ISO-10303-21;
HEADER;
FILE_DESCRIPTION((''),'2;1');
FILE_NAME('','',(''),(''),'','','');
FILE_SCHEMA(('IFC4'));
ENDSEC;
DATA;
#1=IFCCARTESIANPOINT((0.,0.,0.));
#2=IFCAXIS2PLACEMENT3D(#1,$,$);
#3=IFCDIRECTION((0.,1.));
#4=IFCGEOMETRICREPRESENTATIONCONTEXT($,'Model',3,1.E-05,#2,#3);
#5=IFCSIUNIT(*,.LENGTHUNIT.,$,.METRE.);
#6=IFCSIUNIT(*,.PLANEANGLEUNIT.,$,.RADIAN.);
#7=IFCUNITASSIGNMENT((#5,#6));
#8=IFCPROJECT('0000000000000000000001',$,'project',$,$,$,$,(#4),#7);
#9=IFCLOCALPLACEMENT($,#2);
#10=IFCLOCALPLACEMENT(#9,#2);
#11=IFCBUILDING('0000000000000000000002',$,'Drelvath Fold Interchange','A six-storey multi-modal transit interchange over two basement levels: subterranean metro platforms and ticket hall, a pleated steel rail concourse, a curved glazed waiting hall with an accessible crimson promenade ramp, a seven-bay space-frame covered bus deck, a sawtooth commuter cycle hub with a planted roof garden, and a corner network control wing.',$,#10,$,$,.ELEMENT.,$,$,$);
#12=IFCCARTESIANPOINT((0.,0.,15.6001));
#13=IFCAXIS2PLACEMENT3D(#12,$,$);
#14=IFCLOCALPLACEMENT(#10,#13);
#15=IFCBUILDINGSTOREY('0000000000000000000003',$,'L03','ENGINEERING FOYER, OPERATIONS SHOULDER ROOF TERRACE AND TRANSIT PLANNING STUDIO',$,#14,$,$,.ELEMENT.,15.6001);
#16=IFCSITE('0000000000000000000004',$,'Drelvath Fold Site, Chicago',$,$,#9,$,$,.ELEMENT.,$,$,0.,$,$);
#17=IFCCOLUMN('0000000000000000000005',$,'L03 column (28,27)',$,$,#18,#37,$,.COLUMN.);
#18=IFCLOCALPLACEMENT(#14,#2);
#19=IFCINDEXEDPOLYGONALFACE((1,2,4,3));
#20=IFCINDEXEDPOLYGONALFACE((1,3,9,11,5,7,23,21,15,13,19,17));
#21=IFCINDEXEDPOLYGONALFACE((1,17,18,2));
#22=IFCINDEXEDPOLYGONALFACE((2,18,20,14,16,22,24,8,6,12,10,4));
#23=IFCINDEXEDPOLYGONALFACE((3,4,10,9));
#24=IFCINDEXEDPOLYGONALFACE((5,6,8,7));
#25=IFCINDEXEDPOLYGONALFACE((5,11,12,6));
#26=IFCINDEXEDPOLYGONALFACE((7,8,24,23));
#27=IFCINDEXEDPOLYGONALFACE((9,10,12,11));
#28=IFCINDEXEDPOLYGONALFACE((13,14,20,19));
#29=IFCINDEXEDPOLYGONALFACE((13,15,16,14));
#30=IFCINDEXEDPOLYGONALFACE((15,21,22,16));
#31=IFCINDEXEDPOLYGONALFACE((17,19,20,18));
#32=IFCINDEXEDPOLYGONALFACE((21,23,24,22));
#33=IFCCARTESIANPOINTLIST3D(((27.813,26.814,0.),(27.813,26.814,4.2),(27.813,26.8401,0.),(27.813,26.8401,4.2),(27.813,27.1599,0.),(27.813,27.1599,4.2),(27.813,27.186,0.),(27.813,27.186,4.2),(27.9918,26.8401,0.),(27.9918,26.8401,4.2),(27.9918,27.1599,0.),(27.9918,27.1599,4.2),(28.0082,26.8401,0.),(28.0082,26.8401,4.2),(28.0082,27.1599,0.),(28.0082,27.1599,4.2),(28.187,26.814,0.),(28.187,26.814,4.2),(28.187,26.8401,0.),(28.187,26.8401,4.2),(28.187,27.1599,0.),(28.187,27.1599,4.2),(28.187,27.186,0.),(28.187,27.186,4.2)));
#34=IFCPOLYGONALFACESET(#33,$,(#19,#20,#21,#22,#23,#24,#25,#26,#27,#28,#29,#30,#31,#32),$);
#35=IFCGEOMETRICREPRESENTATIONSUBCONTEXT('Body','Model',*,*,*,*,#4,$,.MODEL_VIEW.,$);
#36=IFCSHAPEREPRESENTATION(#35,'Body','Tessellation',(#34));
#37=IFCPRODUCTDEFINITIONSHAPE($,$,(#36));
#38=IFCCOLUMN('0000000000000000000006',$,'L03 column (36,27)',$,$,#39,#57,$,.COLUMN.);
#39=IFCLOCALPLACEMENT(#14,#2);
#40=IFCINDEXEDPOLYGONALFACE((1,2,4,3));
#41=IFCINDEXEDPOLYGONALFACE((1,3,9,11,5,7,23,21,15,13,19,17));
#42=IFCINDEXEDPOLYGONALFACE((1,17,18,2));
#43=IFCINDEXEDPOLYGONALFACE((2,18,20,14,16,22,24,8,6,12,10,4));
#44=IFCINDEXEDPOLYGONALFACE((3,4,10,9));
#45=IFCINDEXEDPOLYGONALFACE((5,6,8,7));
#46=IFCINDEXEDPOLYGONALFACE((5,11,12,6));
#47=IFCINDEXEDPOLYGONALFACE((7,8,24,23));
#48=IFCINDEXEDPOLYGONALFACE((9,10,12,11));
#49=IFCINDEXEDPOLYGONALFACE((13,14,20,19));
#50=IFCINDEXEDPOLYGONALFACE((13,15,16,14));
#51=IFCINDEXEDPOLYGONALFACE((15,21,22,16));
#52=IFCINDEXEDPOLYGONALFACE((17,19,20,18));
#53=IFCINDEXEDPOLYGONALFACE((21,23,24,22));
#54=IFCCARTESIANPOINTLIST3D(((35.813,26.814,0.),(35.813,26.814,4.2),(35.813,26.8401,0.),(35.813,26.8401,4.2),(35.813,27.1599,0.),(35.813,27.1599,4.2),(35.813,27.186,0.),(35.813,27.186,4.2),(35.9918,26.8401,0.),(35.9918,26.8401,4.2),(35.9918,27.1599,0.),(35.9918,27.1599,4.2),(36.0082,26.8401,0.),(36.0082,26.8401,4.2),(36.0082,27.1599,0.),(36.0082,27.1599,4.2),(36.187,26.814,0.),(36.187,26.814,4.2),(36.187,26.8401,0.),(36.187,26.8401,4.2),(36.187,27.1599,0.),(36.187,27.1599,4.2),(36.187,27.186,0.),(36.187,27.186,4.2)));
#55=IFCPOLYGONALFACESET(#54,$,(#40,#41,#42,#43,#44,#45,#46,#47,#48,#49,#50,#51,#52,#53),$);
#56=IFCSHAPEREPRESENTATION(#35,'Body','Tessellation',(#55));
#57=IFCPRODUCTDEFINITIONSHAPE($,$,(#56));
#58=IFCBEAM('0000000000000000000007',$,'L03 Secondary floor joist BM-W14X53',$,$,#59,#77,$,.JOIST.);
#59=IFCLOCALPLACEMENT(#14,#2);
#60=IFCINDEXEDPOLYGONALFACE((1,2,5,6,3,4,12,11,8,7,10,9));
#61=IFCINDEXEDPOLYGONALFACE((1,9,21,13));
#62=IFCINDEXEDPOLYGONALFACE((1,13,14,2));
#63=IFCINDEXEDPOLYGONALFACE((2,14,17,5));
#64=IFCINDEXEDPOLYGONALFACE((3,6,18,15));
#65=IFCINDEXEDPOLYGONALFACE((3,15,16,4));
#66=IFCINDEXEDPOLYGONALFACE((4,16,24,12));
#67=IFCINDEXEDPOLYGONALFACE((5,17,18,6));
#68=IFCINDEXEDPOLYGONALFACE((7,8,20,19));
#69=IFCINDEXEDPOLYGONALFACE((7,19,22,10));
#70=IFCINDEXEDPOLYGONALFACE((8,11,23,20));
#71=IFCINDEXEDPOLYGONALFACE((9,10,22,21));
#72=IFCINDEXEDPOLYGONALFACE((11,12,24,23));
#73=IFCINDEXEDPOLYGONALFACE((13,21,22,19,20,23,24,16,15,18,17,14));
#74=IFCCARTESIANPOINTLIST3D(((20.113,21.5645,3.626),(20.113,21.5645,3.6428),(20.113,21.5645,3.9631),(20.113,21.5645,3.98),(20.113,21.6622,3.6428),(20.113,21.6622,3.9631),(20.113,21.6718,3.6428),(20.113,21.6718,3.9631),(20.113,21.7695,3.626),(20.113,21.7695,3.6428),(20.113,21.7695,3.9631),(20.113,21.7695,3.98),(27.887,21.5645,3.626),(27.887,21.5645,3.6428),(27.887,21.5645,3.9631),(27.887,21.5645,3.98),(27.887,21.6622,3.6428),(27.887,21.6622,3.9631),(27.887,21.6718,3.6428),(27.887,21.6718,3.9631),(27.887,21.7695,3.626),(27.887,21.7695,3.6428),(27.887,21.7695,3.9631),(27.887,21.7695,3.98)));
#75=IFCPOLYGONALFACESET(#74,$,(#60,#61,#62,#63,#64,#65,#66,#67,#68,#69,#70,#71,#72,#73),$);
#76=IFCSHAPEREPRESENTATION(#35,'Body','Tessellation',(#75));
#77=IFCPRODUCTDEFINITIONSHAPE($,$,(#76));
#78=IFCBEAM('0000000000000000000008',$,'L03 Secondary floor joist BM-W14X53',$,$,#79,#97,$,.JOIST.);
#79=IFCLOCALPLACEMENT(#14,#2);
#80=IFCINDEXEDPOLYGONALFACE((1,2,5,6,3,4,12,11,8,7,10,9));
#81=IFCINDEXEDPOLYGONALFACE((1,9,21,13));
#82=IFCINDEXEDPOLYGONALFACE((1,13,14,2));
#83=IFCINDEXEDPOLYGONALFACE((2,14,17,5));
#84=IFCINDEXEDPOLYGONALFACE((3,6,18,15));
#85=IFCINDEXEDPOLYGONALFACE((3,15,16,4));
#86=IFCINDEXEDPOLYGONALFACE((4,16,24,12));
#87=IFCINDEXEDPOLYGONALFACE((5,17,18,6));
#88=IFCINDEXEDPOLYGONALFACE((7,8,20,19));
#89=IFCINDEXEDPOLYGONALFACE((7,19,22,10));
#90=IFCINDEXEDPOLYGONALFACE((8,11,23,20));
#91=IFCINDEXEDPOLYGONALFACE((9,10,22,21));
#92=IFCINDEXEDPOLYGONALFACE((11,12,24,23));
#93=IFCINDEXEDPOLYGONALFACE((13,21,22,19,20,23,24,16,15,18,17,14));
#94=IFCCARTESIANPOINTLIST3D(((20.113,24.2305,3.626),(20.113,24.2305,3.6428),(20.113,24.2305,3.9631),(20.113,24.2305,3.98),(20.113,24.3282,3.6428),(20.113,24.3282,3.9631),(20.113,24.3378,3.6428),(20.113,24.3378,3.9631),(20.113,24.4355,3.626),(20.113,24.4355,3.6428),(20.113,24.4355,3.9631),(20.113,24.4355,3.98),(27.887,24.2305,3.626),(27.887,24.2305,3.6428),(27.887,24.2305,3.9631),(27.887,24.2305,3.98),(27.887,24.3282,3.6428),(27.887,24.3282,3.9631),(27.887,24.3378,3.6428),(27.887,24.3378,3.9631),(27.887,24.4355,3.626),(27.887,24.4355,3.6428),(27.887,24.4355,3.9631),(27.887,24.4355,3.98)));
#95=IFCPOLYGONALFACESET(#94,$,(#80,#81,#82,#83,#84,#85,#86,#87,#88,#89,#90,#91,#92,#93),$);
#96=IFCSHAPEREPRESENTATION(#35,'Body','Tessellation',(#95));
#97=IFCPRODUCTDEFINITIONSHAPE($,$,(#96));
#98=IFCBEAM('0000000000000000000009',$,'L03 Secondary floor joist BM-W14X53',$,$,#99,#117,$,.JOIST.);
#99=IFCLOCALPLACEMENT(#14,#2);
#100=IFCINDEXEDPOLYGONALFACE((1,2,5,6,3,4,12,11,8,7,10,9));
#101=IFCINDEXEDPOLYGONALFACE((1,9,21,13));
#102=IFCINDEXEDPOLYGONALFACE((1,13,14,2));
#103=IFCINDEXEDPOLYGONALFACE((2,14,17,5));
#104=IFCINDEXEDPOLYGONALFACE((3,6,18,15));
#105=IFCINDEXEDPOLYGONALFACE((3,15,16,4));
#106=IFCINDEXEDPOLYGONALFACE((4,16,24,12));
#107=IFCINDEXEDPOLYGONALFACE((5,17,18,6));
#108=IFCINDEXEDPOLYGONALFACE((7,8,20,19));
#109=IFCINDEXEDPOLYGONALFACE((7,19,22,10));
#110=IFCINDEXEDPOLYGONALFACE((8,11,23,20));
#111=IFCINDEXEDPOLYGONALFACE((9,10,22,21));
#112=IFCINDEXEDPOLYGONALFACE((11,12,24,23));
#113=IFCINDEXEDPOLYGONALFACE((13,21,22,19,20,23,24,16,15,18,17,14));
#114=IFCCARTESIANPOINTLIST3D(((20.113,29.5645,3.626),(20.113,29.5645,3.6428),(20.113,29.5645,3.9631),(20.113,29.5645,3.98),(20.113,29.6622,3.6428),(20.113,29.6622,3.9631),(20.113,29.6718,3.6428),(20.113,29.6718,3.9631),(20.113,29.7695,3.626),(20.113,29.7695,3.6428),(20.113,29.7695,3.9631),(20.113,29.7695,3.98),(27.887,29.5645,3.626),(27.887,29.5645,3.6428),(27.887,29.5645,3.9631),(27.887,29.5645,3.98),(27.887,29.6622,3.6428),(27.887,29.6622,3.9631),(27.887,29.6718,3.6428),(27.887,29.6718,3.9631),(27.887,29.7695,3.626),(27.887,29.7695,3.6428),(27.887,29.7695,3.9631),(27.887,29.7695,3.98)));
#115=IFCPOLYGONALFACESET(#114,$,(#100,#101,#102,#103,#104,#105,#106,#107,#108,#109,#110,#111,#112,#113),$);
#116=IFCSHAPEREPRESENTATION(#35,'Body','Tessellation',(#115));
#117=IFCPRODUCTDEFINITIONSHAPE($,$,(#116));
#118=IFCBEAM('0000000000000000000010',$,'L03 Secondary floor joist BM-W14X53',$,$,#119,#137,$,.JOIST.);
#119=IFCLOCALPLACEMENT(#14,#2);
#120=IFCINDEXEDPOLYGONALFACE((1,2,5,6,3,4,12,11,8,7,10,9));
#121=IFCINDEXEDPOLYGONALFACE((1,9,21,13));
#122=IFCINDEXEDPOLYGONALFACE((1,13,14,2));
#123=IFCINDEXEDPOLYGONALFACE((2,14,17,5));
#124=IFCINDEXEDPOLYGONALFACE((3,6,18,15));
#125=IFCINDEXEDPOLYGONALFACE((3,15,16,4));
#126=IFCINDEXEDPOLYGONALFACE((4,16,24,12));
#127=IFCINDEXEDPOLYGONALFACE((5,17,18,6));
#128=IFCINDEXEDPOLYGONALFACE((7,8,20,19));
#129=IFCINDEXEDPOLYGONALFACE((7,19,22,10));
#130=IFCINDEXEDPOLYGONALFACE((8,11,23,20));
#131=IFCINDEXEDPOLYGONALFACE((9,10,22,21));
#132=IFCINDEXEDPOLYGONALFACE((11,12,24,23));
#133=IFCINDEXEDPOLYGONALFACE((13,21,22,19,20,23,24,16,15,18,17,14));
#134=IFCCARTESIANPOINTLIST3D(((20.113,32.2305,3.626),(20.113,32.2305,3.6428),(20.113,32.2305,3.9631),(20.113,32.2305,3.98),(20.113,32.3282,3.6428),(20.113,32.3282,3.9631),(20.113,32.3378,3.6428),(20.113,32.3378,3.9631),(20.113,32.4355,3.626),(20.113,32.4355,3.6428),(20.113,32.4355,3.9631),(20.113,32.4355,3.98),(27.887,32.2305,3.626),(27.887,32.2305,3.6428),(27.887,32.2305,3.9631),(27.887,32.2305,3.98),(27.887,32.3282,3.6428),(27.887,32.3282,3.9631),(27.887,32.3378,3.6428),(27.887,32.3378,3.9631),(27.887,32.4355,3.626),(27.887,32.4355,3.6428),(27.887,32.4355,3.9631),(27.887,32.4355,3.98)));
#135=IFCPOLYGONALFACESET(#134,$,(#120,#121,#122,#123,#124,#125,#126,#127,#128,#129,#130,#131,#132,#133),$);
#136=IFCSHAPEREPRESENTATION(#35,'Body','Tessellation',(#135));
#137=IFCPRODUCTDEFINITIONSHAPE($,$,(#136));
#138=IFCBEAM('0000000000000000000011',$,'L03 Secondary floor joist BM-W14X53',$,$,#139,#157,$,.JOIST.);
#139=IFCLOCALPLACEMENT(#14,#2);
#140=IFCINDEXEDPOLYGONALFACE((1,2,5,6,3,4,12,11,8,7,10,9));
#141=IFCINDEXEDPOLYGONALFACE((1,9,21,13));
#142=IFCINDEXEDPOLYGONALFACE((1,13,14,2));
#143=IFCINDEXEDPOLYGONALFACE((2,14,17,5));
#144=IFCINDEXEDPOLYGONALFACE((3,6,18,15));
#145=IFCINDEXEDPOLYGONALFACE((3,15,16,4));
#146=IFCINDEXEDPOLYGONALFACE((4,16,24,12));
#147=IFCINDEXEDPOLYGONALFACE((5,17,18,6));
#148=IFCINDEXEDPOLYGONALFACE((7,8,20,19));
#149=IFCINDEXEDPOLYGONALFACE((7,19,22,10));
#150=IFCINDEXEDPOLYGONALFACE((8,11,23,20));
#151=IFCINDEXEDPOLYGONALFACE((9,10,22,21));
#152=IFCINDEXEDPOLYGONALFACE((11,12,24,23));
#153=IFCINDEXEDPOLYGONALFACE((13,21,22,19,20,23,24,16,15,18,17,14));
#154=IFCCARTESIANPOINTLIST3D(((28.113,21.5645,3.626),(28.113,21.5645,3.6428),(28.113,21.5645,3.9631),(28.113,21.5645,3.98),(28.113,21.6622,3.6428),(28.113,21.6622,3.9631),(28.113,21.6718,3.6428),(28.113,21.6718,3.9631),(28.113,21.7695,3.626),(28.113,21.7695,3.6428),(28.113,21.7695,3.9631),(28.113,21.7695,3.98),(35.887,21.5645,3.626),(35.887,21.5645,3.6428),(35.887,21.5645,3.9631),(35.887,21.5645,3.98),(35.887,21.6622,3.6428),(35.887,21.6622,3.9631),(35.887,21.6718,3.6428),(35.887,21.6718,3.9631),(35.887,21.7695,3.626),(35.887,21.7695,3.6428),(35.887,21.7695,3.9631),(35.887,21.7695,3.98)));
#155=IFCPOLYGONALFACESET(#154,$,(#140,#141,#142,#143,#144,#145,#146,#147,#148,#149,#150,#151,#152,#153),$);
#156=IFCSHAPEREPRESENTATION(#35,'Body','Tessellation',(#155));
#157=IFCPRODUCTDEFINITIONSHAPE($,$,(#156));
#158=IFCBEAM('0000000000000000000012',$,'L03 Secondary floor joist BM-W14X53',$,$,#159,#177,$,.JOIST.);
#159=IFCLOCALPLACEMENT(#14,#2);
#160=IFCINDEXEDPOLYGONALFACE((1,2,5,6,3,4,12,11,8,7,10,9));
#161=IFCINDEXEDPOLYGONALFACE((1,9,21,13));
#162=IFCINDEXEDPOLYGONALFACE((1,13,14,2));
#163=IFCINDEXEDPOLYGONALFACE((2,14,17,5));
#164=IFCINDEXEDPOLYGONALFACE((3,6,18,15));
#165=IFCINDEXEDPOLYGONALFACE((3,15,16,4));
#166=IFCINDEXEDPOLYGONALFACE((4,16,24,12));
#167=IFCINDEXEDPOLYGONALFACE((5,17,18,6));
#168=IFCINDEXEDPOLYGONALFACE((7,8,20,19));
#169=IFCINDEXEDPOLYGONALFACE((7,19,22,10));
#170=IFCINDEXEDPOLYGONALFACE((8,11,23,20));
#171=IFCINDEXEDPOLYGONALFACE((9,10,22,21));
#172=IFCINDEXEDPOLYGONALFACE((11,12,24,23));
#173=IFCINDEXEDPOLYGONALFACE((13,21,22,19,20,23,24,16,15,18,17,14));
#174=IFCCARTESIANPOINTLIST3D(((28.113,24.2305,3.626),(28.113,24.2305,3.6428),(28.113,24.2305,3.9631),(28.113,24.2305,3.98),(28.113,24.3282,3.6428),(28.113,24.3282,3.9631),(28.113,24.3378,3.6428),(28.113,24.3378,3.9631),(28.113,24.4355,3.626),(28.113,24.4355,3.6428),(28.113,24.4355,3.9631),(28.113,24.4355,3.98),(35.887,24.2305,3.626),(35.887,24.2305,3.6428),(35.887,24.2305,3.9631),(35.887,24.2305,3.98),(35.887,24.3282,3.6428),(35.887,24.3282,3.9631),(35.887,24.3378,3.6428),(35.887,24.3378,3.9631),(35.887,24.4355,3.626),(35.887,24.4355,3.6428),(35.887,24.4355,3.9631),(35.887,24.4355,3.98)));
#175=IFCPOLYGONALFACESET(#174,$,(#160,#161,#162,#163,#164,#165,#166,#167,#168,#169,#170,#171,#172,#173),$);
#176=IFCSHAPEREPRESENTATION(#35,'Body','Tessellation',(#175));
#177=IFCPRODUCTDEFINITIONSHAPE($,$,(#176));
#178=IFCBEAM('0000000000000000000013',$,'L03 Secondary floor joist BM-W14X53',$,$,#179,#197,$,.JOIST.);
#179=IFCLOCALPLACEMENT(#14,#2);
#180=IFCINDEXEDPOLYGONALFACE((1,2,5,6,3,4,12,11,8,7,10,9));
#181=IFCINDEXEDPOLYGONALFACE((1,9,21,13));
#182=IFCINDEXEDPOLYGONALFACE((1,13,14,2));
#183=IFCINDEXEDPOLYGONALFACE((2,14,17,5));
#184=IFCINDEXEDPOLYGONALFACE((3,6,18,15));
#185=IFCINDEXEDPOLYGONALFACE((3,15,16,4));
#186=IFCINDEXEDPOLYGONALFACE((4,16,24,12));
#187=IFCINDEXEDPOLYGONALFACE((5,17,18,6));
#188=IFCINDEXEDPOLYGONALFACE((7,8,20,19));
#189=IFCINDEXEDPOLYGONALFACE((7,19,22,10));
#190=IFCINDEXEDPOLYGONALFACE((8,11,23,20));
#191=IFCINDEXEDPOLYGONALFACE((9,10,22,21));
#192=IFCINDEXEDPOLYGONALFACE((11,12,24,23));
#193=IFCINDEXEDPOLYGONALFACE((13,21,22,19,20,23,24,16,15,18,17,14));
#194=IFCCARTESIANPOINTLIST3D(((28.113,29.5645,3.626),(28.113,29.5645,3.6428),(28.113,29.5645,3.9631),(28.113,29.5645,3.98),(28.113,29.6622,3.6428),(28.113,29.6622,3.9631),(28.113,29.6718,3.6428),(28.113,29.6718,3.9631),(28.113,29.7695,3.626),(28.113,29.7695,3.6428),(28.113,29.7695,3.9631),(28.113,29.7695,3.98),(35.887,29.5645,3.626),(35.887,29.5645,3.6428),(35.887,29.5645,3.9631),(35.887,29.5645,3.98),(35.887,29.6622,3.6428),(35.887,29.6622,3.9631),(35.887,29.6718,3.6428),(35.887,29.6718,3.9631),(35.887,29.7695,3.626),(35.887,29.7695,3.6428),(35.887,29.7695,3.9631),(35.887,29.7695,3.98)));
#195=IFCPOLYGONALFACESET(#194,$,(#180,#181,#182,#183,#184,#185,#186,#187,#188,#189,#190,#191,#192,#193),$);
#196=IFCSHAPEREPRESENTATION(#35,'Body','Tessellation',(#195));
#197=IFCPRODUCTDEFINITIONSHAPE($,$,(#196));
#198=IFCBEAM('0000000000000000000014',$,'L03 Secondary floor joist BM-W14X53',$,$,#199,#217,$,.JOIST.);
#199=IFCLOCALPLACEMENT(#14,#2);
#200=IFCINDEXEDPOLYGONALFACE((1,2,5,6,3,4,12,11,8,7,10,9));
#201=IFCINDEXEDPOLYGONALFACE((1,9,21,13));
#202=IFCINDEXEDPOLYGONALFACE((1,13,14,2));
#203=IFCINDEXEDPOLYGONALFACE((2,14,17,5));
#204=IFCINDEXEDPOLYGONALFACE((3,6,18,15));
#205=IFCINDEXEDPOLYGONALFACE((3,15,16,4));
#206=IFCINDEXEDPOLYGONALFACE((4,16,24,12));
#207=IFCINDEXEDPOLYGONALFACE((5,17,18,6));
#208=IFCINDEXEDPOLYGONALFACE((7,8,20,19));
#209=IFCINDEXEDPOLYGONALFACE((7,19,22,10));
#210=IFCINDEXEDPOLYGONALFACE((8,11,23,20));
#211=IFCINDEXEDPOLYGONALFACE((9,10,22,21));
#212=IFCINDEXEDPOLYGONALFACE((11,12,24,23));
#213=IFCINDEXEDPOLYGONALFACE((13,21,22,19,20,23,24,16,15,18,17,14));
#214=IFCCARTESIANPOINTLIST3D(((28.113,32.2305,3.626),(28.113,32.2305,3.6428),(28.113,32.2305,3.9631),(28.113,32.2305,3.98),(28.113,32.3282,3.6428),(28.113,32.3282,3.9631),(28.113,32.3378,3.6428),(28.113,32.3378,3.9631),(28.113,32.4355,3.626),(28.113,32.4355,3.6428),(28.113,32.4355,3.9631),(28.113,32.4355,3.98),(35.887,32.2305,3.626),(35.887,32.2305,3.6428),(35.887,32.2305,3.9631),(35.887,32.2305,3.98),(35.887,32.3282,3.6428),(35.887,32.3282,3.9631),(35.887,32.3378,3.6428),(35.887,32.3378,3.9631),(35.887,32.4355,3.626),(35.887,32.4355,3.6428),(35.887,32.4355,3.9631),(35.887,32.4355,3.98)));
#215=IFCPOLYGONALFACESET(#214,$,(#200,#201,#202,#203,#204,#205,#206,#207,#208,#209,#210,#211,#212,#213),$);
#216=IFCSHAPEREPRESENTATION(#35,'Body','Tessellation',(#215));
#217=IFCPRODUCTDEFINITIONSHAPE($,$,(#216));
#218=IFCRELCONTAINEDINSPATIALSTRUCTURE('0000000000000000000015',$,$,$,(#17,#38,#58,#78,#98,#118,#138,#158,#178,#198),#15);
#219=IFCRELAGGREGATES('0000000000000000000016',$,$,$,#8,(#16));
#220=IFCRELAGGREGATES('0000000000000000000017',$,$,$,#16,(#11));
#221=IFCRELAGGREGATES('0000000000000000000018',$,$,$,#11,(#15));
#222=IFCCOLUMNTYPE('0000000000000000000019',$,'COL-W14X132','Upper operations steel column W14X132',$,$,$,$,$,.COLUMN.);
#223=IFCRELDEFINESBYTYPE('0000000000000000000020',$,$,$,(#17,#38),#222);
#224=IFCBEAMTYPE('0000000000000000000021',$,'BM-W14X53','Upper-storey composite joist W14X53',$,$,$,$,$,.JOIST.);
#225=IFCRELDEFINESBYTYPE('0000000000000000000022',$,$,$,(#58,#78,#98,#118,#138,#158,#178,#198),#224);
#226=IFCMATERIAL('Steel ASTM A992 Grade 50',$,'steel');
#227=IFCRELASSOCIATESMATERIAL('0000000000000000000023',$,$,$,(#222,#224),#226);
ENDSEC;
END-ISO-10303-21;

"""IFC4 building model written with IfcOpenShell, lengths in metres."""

from ifc_helpers import new_model, si_unit, direction, frame, origin, origin_2d, place, context, subcontext, project, spatial, i_section, extrude, material, material_profile, profile_set, type_object, element, save


model = new_model("IFC4")

# Units and contexts
model_context = context("Model", 3, precision=1e-05, world=origin(), true_north=direction((0.0, 1.0)))
body_context = subcontext(model_context, "Body", "Model", "MODEL_VIEW")
ifc_project = project(units=[si_unit("LENGTHUNIT", "METRE"), si_unit("PLANEANGLEUNIT", "RADIAN")], contexts=[model_context])

# Site, building, storey
site_placement = place(None, origin())
site = spatial("IfcSite", under=ifc_project, at=site_placement, Name="Drelvath Fold Site, Chicago", CompositionType="ELEMENT", RefElevation=0.0)
building_placement = place(site_placement, origin())
building = spatial("IfcBuilding", under=site, at=building_placement, Name="Drelvath Fold Interchange", Description="A six-storey multi-modal transit interchange over two basement levels: subterranean metro platforms and ticket hall, a pleated steel rail concourse, a curved glazed waiting hall with an accessible crimson promenade ramp, a seven-bay space-frame covered bus deck, a sawtooth commuter cycle hub with a planted roof garden, and a corner network control wing.", CompositionType="ELEMENT")
storey_placement = place(building_placement, frame((0.0, 0.0, 15.6001)))
storey = spatial("IfcBuildingStorey", under=building, at=storey_placement, Name="L03", Description="ENGINEERING FOYER, OPERATIONS SHOULDER ROOF TERRACE AND TRANSIT PLANNING STUDIO", CompositionType="ELEMENT", Elevation=15.6001)

# Columns
ifc_material_1 = material(Name="Steel ASTM A992 Grade 50", Category="steel")
ifc_material_profile_1 = material_profile(ifc_material_1, i_section(OverallWidth=0.374, OverallDepth=0.3721, WebThickness=0.0164, FlangeThickness=0.0261, at=origin_2d()), Name="W14X132")
ifc_profile_set_1 = profile_set([ifc_material_profile_1], Name="Steel ASTM A992 Grade 50")
column_type = type_object("IfcColumnType", Name="COL-W14X132", Description="Upper operations steel column W14X132", PredefinedType="COLUMN", material=ifc_profile_set_1)
for number, where, z_axis, x_axis, name in (
    (1, (28.0, 27.0, 0.0), (0.0, 0.0, 1.0), (1.0, 0.0, 0.0), "L03 column (28,27)"),
    (2, (36.0, 27.0, 0.0), (0.0, 0.0, 1.0), (1.0, 0.0, 0.0), "L03 column (36,27)"),
):
    element("IfcColumn", number, at=place(storey_placement, frame(where, z_axis=z_axis, x_axis=x_axis)), inside=storey, type_object=column_type, Name=name, PredefinedType="COLUMN", context=body_context, shape_type="SweptSolid", body=[
        extrude(i_section(OverallWidth=0.374, OverallDepth=0.3721, WebThickness=0.0164, FlangeThickness=0.0261, at=origin_2d()), origin(), (0.0, 0.0, 1.0), 4.2),
    ])

# Beams
ifc_material_profile_2 = material_profile(ifc_material_1, i_section(OverallWidth=0.2051, OverallDepth=0.354, WebThickness=0.0095, FlangeThickness=0.0168, at=origin_2d()), Name="W14X53")
ifc_profile_set_2 = profile_set([ifc_material_profile_2], Name="Steel ASTM A992 Grade 50")
beam_type_1 = type_object("IfcBeamType", Name="BM-W14X53", Description="Upper-storey composite joist W14X53", PredefinedType="JOIST", material=ifc_profile_set_2)
for number, where, z_axis, x_axis, name in (
    (3, (20.113, 21.667, 3.803), (1.0, 0.0, 0.0), (0.0, 1.0, 0.0), "L03 Secondary floor joist BM-W14X53"),
    (4, (20.113, 24.333, 3.803), (1.0, 0.0, 0.0), (0.0, 1.0, 0.0), "L03 Secondary floor joist BM-W14X53"),
    (5, (20.113, 29.667, 3.803), (1.0, 0.0, 0.0), (0.0, 1.0, 0.0), "L03 Secondary floor joist BM-W14X53"),
    (6, (20.113, 32.333, 3.803), (1.0, 0.0, 0.0), (0.0, 1.0, 0.0), "L03 Secondary floor joist BM-W14X53"),
    (7, (28.113, 21.667, 3.803), (1.0, 0.0, 0.0), (0.0, 1.0, 0.0), "L03 Secondary floor joist BM-W14X53"),
    (8, (28.113, 24.333, 3.803), (1.0, 0.0, 0.0), (0.0, 1.0, 0.0), "L03 Secondary floor joist BM-W14X53"),
    (9, (28.113, 29.667, 3.803), (1.0, 0.0, 0.0), (0.0, 1.0, 0.0), "L03 Secondary floor joist BM-W14X53"),
    (10, (28.113, 32.333, 3.803), (1.0, 0.0, 0.0), (0.0, 1.0, 0.0), "L03 Secondary floor joist BM-W14X53"),
):
    element("IfcBeam", number, at=place(storey_placement, frame(where, z_axis=z_axis, x_axis=x_axis)), inside=storey, type_object=beam_type_1, Name=name, PredefinedType="JOIST", context=body_context, shape_type="SweptSolid", body=[
        extrude(i_section(OverallWidth=0.2051, OverallDepth=0.354, WebThickness=0.0095, FlangeThickness=0.0168, at=origin_2d()), origin(), (0.0, 0.0, 1.0), 7.7739),
    ])

save(model, "model.ifc")
